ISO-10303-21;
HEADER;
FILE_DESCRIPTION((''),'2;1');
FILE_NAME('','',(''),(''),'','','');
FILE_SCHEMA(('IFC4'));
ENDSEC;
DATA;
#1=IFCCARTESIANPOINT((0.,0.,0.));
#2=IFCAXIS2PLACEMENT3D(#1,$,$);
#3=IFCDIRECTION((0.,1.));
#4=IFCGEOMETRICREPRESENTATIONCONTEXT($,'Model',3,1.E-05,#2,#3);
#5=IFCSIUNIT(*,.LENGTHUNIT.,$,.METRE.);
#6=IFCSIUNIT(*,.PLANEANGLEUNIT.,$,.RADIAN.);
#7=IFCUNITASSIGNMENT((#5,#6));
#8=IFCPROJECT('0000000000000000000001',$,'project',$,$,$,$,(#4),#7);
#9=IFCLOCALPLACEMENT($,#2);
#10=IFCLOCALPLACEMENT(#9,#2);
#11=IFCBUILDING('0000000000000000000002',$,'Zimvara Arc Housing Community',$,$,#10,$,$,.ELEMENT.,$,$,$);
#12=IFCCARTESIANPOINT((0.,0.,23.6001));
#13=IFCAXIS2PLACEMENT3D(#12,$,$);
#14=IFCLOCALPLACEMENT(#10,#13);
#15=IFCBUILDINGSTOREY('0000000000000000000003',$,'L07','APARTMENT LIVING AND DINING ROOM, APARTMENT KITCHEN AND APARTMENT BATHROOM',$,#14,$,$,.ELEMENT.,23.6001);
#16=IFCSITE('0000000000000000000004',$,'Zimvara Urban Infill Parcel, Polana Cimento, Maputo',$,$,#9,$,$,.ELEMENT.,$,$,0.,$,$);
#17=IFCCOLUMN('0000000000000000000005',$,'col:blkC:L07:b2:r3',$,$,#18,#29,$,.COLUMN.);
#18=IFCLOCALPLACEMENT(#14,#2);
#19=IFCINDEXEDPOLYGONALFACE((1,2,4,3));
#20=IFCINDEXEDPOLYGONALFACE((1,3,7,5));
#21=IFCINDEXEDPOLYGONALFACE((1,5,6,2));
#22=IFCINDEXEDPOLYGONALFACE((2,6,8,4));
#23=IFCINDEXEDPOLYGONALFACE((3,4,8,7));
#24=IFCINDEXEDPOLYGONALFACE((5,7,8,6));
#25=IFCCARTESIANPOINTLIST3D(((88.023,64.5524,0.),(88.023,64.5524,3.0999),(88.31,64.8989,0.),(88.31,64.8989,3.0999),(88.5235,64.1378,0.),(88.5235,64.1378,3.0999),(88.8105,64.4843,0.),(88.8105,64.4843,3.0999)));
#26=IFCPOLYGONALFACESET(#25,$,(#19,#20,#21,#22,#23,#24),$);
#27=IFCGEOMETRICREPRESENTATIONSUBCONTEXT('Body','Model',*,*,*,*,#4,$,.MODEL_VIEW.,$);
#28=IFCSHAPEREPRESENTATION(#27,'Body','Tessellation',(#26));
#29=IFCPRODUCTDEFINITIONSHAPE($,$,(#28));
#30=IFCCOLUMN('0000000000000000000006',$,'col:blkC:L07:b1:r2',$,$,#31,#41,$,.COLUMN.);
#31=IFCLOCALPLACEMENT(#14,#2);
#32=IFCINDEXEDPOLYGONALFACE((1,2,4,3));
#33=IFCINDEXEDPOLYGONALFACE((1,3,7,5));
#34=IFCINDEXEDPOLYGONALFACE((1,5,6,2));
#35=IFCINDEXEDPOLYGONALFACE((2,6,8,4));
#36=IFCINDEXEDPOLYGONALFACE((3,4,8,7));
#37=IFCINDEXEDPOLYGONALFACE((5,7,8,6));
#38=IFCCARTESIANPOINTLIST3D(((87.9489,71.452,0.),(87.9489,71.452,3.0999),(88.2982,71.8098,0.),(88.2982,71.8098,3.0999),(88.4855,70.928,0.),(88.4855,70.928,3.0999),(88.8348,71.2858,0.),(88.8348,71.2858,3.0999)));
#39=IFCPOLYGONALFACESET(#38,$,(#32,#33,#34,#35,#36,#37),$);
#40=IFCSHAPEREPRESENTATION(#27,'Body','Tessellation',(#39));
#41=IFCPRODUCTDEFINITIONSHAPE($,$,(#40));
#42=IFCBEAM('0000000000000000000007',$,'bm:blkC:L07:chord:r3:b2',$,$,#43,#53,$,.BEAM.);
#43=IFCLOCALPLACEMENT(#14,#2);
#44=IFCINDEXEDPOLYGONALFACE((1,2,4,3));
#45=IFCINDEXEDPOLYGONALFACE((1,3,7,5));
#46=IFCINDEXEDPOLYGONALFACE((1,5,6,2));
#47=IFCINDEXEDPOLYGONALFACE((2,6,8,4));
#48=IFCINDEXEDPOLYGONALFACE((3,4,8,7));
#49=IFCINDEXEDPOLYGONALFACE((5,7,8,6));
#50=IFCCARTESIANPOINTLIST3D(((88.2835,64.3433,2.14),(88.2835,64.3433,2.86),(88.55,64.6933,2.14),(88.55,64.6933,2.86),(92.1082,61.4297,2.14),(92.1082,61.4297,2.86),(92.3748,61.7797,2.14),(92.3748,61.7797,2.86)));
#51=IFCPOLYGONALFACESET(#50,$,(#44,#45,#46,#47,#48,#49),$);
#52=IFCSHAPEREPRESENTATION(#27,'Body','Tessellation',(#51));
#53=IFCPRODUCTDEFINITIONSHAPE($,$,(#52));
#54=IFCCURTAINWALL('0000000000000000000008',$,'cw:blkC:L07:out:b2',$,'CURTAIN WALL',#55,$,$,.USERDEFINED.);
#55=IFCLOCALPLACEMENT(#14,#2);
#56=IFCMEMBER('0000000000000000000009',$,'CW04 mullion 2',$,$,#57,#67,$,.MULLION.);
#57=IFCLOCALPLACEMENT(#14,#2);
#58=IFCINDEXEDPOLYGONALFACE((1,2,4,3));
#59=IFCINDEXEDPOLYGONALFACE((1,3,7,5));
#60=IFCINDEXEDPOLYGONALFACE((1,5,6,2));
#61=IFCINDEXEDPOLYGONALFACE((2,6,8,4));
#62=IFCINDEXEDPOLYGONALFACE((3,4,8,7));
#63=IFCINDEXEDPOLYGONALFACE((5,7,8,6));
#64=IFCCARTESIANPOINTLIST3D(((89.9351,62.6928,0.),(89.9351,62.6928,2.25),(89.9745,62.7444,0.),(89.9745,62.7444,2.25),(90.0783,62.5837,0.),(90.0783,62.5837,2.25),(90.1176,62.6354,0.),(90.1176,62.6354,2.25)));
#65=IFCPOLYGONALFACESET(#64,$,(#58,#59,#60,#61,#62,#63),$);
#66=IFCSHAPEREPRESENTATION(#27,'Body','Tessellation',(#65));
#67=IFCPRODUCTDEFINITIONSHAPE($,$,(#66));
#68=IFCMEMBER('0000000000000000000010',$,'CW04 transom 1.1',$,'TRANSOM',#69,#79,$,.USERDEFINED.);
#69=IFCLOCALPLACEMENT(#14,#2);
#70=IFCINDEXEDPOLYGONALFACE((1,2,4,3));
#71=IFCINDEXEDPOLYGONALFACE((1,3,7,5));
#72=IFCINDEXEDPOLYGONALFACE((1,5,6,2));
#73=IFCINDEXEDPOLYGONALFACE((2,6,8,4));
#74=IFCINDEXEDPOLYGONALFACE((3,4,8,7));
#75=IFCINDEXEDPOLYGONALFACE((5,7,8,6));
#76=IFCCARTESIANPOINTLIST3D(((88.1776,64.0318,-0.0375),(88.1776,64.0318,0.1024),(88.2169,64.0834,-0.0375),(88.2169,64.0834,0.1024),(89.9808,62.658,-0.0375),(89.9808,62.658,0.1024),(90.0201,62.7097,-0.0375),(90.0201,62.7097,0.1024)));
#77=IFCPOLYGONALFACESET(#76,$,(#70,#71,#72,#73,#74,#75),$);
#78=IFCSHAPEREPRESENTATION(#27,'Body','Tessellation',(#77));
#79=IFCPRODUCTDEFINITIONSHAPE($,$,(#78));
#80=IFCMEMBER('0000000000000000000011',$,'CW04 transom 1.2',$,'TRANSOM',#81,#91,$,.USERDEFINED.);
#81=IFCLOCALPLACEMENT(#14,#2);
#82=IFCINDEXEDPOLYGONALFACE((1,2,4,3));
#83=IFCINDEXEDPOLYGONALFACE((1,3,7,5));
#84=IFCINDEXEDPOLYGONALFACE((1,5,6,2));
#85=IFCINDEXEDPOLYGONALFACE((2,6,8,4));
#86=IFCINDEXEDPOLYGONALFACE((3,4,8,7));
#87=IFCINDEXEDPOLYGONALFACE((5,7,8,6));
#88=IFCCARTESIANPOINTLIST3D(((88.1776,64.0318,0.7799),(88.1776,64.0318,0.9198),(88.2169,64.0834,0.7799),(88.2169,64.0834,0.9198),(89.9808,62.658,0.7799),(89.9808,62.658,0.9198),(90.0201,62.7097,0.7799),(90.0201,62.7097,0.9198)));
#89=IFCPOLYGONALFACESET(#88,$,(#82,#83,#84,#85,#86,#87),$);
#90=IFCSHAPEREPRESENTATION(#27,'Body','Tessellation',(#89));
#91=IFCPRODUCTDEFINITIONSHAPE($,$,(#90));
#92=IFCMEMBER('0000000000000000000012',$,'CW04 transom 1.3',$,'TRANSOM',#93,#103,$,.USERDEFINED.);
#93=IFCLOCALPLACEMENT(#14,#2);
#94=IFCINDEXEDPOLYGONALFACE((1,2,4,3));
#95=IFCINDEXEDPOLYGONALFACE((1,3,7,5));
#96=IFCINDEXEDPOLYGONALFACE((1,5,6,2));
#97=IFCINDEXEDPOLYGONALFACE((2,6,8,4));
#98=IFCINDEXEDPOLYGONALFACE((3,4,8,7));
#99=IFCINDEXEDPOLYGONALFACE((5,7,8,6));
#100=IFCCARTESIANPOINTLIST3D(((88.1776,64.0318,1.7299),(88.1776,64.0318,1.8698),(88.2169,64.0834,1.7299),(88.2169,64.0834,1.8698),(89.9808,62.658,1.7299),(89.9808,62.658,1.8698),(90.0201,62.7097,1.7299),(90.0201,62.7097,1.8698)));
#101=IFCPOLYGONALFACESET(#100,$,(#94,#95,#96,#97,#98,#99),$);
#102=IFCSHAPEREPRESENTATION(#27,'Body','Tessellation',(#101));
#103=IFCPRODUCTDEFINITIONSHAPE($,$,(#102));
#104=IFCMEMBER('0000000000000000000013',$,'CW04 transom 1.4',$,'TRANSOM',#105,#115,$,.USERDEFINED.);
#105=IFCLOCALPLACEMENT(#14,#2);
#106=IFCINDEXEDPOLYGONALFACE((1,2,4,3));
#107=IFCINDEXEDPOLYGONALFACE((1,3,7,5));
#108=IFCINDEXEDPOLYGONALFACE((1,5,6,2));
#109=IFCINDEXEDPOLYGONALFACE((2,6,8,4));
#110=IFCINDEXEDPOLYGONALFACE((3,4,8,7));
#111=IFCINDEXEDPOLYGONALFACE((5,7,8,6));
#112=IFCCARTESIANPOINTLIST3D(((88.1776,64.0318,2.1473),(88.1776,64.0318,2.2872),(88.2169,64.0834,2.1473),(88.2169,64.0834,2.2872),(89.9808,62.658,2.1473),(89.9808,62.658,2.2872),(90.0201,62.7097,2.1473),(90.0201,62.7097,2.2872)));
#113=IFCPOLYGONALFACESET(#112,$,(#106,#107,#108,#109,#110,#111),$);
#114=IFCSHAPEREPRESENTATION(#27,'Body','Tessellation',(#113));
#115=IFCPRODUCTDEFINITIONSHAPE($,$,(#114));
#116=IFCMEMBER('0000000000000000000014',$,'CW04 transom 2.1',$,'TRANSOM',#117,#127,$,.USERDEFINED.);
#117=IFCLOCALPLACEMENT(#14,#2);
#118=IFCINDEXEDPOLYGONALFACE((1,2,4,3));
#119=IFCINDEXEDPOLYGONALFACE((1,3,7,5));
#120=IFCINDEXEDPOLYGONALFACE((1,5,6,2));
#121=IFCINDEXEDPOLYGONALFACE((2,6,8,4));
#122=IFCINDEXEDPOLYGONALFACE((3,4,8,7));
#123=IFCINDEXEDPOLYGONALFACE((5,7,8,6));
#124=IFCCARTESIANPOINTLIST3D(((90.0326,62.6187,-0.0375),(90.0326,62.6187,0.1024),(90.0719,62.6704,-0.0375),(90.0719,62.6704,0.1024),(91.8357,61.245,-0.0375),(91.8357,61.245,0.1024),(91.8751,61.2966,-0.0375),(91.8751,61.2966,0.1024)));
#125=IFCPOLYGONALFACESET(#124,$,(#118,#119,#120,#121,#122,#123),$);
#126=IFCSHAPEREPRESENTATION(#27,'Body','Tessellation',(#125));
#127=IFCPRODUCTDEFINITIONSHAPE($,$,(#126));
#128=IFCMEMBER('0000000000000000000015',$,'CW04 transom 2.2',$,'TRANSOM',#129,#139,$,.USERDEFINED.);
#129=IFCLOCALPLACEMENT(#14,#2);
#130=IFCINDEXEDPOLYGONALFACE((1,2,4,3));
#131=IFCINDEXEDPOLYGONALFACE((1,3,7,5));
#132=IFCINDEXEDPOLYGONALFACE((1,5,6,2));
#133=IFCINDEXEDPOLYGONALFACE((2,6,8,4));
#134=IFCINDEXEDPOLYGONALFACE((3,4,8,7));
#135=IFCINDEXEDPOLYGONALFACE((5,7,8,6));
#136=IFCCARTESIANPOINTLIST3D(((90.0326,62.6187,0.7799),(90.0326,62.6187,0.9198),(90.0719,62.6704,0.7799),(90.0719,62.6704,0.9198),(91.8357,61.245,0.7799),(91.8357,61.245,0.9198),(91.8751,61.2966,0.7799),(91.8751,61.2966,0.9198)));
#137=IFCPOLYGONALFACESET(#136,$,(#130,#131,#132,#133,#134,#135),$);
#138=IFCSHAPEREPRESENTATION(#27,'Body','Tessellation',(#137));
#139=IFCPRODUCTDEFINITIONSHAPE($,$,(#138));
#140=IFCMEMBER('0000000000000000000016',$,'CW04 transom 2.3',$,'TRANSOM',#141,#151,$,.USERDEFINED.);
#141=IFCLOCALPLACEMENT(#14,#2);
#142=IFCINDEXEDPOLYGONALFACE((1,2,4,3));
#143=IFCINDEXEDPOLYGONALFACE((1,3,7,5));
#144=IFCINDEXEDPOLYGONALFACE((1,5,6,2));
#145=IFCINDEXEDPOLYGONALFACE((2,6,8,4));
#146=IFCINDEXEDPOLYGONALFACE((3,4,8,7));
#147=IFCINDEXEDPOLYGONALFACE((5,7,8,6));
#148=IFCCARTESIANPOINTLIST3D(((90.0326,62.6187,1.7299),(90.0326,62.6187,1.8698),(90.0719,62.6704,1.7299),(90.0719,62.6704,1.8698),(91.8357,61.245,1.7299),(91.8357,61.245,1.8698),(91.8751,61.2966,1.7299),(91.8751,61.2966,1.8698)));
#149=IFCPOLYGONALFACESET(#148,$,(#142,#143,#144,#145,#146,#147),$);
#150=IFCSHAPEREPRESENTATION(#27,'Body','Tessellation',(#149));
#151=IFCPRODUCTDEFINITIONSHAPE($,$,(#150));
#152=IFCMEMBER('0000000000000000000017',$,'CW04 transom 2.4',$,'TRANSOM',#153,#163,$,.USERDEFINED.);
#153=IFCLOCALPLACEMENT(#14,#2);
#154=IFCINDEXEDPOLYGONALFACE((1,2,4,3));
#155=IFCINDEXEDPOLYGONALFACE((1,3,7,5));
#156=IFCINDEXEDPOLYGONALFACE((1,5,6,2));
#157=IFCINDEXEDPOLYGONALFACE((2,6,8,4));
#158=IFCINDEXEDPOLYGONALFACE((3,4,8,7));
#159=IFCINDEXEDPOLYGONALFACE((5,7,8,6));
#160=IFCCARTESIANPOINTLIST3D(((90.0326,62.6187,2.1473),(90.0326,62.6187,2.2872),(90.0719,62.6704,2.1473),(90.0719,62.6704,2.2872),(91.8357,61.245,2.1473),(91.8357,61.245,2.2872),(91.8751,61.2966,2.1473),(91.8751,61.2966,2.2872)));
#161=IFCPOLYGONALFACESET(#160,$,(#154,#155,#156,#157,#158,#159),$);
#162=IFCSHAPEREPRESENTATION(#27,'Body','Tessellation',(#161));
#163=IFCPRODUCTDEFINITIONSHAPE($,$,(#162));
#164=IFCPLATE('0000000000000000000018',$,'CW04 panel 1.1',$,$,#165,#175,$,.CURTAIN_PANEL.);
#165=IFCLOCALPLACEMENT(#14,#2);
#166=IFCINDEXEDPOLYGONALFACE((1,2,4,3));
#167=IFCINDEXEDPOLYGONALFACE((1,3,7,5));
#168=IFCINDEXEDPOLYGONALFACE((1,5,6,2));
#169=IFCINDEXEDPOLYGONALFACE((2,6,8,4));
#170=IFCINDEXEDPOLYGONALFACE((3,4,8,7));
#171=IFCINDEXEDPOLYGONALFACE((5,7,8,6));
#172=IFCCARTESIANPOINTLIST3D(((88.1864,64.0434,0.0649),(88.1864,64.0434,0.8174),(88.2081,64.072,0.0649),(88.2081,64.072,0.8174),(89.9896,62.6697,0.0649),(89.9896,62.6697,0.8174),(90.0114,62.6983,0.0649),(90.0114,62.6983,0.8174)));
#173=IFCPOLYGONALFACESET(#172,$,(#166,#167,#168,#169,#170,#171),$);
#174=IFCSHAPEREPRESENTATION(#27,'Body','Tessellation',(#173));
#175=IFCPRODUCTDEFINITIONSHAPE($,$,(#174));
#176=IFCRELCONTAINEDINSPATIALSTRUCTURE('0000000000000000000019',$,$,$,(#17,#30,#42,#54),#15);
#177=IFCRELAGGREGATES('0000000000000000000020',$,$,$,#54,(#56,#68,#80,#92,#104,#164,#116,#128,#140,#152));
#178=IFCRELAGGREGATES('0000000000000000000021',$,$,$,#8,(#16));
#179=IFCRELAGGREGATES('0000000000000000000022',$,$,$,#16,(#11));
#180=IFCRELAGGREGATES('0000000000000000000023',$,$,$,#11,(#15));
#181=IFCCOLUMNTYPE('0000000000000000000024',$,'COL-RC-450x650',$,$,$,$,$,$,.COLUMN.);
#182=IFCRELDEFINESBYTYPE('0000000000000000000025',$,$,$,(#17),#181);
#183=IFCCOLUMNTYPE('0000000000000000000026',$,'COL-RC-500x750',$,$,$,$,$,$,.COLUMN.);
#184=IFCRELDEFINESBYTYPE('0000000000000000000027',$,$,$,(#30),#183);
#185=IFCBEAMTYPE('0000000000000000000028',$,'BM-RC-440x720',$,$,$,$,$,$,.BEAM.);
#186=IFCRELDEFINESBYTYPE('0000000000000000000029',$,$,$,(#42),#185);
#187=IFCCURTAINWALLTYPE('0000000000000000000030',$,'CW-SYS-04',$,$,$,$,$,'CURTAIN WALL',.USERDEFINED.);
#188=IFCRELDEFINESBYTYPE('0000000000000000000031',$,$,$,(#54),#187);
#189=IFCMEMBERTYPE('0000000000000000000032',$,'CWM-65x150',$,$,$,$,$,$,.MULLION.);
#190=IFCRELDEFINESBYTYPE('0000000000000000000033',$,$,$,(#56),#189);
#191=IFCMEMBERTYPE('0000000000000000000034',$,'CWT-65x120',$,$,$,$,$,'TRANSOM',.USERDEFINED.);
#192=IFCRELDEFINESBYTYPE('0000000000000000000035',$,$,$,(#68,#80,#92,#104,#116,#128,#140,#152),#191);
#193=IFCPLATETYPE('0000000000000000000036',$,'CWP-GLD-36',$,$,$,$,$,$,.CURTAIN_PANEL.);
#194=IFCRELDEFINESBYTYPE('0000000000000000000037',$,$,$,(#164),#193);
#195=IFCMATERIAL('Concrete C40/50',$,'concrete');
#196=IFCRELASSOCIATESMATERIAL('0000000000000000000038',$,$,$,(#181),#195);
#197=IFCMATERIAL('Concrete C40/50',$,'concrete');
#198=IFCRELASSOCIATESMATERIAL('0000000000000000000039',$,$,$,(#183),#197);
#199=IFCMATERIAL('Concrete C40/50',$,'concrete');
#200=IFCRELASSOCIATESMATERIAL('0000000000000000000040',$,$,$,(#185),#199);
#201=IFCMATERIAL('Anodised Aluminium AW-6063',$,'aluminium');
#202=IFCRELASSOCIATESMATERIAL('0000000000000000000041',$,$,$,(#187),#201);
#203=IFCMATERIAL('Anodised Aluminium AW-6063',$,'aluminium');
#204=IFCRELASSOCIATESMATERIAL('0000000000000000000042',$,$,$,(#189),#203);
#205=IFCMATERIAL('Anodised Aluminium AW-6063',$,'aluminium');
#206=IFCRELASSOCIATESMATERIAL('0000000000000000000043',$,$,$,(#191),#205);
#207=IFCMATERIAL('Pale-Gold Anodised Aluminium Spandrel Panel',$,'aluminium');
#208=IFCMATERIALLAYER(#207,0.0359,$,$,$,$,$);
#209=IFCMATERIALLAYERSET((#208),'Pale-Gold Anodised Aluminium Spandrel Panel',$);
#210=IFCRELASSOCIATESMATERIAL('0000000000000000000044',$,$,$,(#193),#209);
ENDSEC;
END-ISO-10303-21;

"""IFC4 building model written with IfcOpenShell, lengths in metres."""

from ifc_helpers import new_model, si_unit, direction, frame, origin, origin_2d, place, context, subcontext, project, spatial, rectangle, extrude, material, layer, layer_set, material_profile, profile_set, type_object, element, aggregate, save


model = new_model("IFC4")

# Units and contexts
model_context = context("Model", 3, precision=1e-05, world=origin(), true_north=direction((0.0, 1.0)))
body_context = subcontext(model_context, "Body", "Model", "MODEL_VIEW")
ifc_project = project(units=[si_unit("LENGTHUNIT", "METRE"), si_unit("PLANEANGLEUNIT", "RADIAN")], contexts=[model_context])

# Site, building, storey
site_placement = place(None, origin())
site = spatial("IfcSite", under=ifc_project, at=site_placement, Name="Zimvara Urban Infill Parcel, Polana Cimento, Maputo", CompositionType="ELEMENT", RefElevation=0.0)
building_placement = place(site_placement, origin())
building = spatial("IfcBuilding", under=site, at=building_placement, Name="Zimvara Arc Housing Community", CompositionType="ELEMENT")
storey_placement = place(building_placement, frame((0.0, 0.0, 23.6001)))
storey = spatial("IfcBuildingStorey", under=building, at=storey_placement, Name="L07", Description="APARTMENT LIVING AND DINING ROOM, APARTMENT KITCHEN AND APARTMENT BATHROOM", CompositionType="ELEMENT", Elevation=23.6001)

# Columns
ifc_material_1 = material(Name="Concrete C40/50", Category="concrete")
ifc_material_profile_1 = material_profile(ifc_material_1, rectangle(XDim=0.45, YDim=0.6499, at=origin_2d()), Name="RC 450x650")
ifc_profile_set_1 = profile_set([ifc_material_profile_1], Name="Concrete C40/50")
column_type_1 = type_object("IfcColumnType", Name="COL-RC-450x650", PredefinedType="COLUMN", material=ifc_profile_set_1)
column_1_placement = place(storey_placement, frame((88.4167, 64.5183, 0.0), z_axis=(0.0, 0.0, 1.0), x_axis=(-0.637962, -0.770068, 0.0)))
element("IfcColumn", 1, at=column_1_placement, inside=storey, type_object=column_type_1, Name="col:blkC:L07:b2:r3", PredefinedType="COLUMN", context=body_context, shape_type="SweptSolid", body=[
    extrude(rectangle(XDim=0.45, YDim=0.6499, at=origin_2d()), origin(), (0.0, 0.0, 1.0), 3.0999),
])
ifc_material_2 = material(Name="Concrete C40/50", Category="concrete")
ifc_material_profile_2 = material_profile(ifc_material_2, rectangle(XDim=0.5, YDim=0.75, at=origin_2d()), Name="RC 500x750")
ifc_profile_set_2 = profile_set([ifc_material_profile_2], Name="Concrete C40/50")
column_type_2 = type_object("IfcColumnType", Name="COL-RC-500x750", PredefinedType="COLUMN", material=ifc_profile_set_2)
column_2_placement = place(storey_placement, frame((88.3918, 71.3689, 0.0), z_axis=(0.0, 0.0, 1.0), x_axis=(-0.698665, -0.715449, 0.0)))
element("IfcColumn", 2, at=column_2_placement, inside=storey, type_object=column_type_2, Name="col:blkC:L07:b1:r2", PredefinedType="COLUMN", context=body_context, shape_type="SweptSolid", body=[
    extrude(rectangle(XDim=0.5, YDim=0.75, at=origin_2d()), origin(), (0.0, 0.0, 1.0), 3.0999),
])

# Beam
ifc_material_3 = material(Name="Concrete C40/50", Category="concrete")
ifc_material_profile_3 = material_profile(ifc_material_3, rectangle(XDim=0.4399, YDim=0.72, at=origin_2d()), Name="RC 440x720")
ifc_profile_set_3 = profile_set([ifc_material_profile_3], Name="Concrete C40/50")
beam_type = type_object("IfcBeamType", Name="BM-RC-440x720", PredefinedType="BEAM", material=ifc_profile_set_3)
beam_placement = place(storey_placement, frame((88.4167, 64.5183, 2.5), z_axis=(0.795481, -0.605979, 0.0), x_axis=(0.605979, 0.795481, 0.0)))
element("IfcBeam", 3, at=beam_placement, inside=storey, type_object=beam_type, Name="bm:blkC:L07:chord:r3:b2", PredefinedType="BEAM", context=body_context, shape_type="SweptSolid", body=[
    extrude(rectangle(XDim=0.4399, YDim=0.72, at=origin_2d()), origin(), (0.0, 0.0, 1.0), 4.8081),
])

# Curtain wall, members, plate
ifc_material_4 = material(Name="Anodised Aluminium AW-6063", Category="aluminium")
curtain_wall_type = type_object("IfcCurtainWallType", Name="CW-SYS-04", ElementType="CURTAIN WALL", PredefinedType="USERDEFINED", material=ifc_material_4)
curtain_wall_placement = place(storey_placement, origin())
curtain_wall = element("IfcCurtainWall", 4, at=curtain_wall_placement, inside=storey, type_object=curtain_wall_type, Name="cw:blkC:L07:out:b2", ObjectType="CURTAIN WALL", PredefinedType="USERDEFINED")
ifc_material_5 = material(Name="Anodised Aluminium AW-6063", Category="aluminium")
ifc_material_profile_4 = material_profile(ifc_material_5, rectangle(XDim=0.0649, YDim=0.1799, at=origin_2d()), Name="ALU 65x180")
ifc_profile_set_4 = profile_set([ifc_material_profile_4], Name="Anodised Aluminium AW-6063")
member_type_1 = type_object("IfcMemberType", Name="CWM-65x150", PredefinedType="MULLION", material=ifc_profile_set_4)
member_1_placement = place(storey_placement, frame((90.0264, 62.6641, 0.0), z_axis=(0.0, 0.0, 1.0), x_axis=(0.605988, 0.795474, 0.0)))
member_1 = element("IfcMember", 5, at=member_1_placement, type_object=member_type_1, Name="CW04 mullion 2", PredefinedType="MULLION", context=body_context, shape_type="SweptSolid", body=[
    extrude(rectangle(XDim=0.0649, YDim=0.1799, at=origin_2d()), origin(), (0.0, 0.0, 1.0), 2.25),
])
ifc_material_6 = material(Name="Anodised Aluminium AW-6063", Category="aluminium")
ifc_material_profile_5 = material_profile(ifc_material_6, rectangle(XDim=0.0649, YDim=0.1399, at=origin_2d()), Name="ALU 65x140")
ifc_profile_set_5 = profile_set([ifc_material_profile_5], Name="Anodised Aluminium AW-6063")
member_type_2 = type_object("IfcMemberType", Name="CWT-65x120", ElementType="TRANSOM", PredefinedType="USERDEFINED", material=ifc_profile_set_5)
member_2_placement = place(storey_placement, frame((88.1973, 64.0576, 0.0325), z_axis=(0.795454, -0.606014, 0.0), x_axis=(0.606014, 0.795454, 0.0)))
member_2 = element("IfcMember", 6, at=member_2_placement, type_object=member_type_2, Name="CW04 transom 1.1", ObjectType="TRANSOM", PredefinedType="USERDEFINED", context=body_context, shape_type="SweptSolid", body=[
    extrude(rectangle(XDim=0.0649, YDim=0.1399, at=origin_2d()), origin(), (0.0, 0.0, 1.0), 2.2668),
])
member_3_placement = place(storey_placement, frame((88.1973, 64.0576, 0.8499), z_axis=(0.795454, -0.606014, 0.0), x_axis=(0.606014, 0.795454, 0.0)))
member_3 = element("IfcMember", 7, at=member_3_placement, type_object=member_type_2, Name="CW04 transom 1.2", ObjectType="TRANSOM", PredefinedType="USERDEFINED", context=body_context, shape_type="SweptSolid", body=[
    extrude(rectangle(XDim=0.0649, YDim=0.1399, at=origin_2d()), origin(), (0.0, 0.0, 1.0), 2.2668),
])
member_4_placement = place(storey_placement, frame((88.1973, 64.0576, 1.7998), z_axis=(0.795454, -0.606014, 0.0), x_axis=(0.606014, 0.795454, 0.0)))
member_4 = element("IfcMember", 8, at=member_4_placement, type_object=member_type_2, Name="CW04 transom 1.3", ObjectType="TRANSOM", PredefinedType="USERDEFINED", context=body_context, shape_type="SweptSolid", body=[
    extrude(rectangle(XDim=0.0649, YDim=0.1399, at=origin_2d()), origin(), (0.0, 0.0, 1.0), 2.2668),
])
member_5_placement = place(storey_placement, frame((88.1973, 64.0576, 2.2173), z_axis=(0.795454, -0.606014, 0.0), x_axis=(0.606014, 0.795454, 0.0)))
member_5 = element("IfcMember", 9, at=member_5_placement, type_object=member_type_2, Name="CW04 transom 1.4", ObjectType="TRANSOM", PredefinedType="USERDEFINED", context=body_context, shape_type="SweptSolid", body=[
    extrude(rectangle(XDim=0.0649, YDim=0.1399, at=origin_2d()), origin(), (0.0, 0.0, 1.0), 2.2668),
])
member_6_placement = place(storey_placement, frame((90.0522, 62.6445, 0.0325), z_axis=(0.795454, -0.606014, 0.0), x_axis=(0.606014, 0.795454, 0.0)))
member_6 = element("IfcMember", 10, at=member_6_placement, type_object=member_type_2, Name="CW04 transom 2.1", ObjectType="TRANSOM", PredefinedType="USERDEFINED", context=body_context, shape_type="SweptSolid", body=[
    extrude(rectangle(XDim=0.0649, YDim=0.1399, at=origin_2d()), origin(), (0.0, 0.0, 1.0), 2.2668),
])
member_7_placement = place(storey_placement, frame((90.0522, 62.6445, 0.8499), z_axis=(0.795454, -0.606014, 0.0), x_axis=(0.606014, 0.795454, 0.0)))
member_7 = element("IfcMember", 11, at=member_7_placement, type_object=member_type_2, Name="CW04 transom 2.2", ObjectType="TRANSOM", PredefinedType="USERDEFINED", context=body_context, shape_type="SweptSolid", body=[
    extrude(rectangle(XDim=0.0649, YDim=0.1399, at=origin_2d()), origin(), (0.0, 0.0, 1.0), 2.2668),
])
member_8_placement = place(storey_placement, frame((90.0522, 62.6445, 1.7998), z_axis=(0.795454, -0.606014, 0.0), x_axis=(0.606014, 0.795454, 0.0)))
member_8 = element("IfcMember", 12, at=member_8_placement, type_object=member_type_2, Name="CW04 transom 2.3", ObjectType="TRANSOM", PredefinedType="USERDEFINED", context=body_context, shape_type="SweptSolid", body=[
    extrude(rectangle(XDim=0.0649, YDim=0.1399, at=origin_2d()), origin(), (0.0, 0.0, 1.0), 2.2668),
])
member_9_placement = place(storey_placement, frame((90.0522, 62.6445, 2.2173), z_axis=(0.795454, -0.606014, 0.0), x_axis=(0.606014, 0.795454, 0.0)))
member_9 = element("IfcMember", 13, at=member_9_placement, type_object=member_type_2, Name="CW04 transom 2.4", ObjectType="TRANSOM", PredefinedType="USERDEFINED", context=body_context, shape_type="SweptSolid", body=[
    extrude(rectangle(XDim=0.0649, YDim=0.1399, at=origin_2d()), origin(), (0.0, 0.0, 1.0), 2.2668),
])
ifc_material_7 = material(Name="Pale-Gold Anodised Aluminium Spandrel Panel", Category="aluminium")
ifc_layer_1 = layer(ifc_material_7, 0.0359)
ifc_layer_set_1 = layer_set([ifc_layer_1], Name="Pale-Gold Anodised Aluminium Spandrel Panel")
plate_type = type_object("IfcPlateType", Name="CWP-GLD-36", PredefinedType="CURTAIN_PANEL", material=ifc_layer_set_1)
plate_1_placement = place(storey_placement, frame((89.0989, 63.3708, 0.0649), z_axis=(0.0, 0.0, 1.0), x_axis=(0.795474, -0.605988, 0.0)))
plate_1 = element("IfcPlate", 14, at=plate_1_placement, type_object=plate_type, Name="CW04 panel 1.1", PredefinedType="CURTAIN_PANEL", context=body_context, shape_type="SweptSolid", body=[
    extrude(rectangle(XDim=2.2668, YDim=0.0359, at=origin_2d()), origin(), (0.0, 0.0, 1.0), 0.7524),
])
aggregate(curtain_wall, [member_1, member_2, member_3, member_4, member_5, plate_1, member_6, member_7, member_8, member_9])

save(model, "model.ifc")
